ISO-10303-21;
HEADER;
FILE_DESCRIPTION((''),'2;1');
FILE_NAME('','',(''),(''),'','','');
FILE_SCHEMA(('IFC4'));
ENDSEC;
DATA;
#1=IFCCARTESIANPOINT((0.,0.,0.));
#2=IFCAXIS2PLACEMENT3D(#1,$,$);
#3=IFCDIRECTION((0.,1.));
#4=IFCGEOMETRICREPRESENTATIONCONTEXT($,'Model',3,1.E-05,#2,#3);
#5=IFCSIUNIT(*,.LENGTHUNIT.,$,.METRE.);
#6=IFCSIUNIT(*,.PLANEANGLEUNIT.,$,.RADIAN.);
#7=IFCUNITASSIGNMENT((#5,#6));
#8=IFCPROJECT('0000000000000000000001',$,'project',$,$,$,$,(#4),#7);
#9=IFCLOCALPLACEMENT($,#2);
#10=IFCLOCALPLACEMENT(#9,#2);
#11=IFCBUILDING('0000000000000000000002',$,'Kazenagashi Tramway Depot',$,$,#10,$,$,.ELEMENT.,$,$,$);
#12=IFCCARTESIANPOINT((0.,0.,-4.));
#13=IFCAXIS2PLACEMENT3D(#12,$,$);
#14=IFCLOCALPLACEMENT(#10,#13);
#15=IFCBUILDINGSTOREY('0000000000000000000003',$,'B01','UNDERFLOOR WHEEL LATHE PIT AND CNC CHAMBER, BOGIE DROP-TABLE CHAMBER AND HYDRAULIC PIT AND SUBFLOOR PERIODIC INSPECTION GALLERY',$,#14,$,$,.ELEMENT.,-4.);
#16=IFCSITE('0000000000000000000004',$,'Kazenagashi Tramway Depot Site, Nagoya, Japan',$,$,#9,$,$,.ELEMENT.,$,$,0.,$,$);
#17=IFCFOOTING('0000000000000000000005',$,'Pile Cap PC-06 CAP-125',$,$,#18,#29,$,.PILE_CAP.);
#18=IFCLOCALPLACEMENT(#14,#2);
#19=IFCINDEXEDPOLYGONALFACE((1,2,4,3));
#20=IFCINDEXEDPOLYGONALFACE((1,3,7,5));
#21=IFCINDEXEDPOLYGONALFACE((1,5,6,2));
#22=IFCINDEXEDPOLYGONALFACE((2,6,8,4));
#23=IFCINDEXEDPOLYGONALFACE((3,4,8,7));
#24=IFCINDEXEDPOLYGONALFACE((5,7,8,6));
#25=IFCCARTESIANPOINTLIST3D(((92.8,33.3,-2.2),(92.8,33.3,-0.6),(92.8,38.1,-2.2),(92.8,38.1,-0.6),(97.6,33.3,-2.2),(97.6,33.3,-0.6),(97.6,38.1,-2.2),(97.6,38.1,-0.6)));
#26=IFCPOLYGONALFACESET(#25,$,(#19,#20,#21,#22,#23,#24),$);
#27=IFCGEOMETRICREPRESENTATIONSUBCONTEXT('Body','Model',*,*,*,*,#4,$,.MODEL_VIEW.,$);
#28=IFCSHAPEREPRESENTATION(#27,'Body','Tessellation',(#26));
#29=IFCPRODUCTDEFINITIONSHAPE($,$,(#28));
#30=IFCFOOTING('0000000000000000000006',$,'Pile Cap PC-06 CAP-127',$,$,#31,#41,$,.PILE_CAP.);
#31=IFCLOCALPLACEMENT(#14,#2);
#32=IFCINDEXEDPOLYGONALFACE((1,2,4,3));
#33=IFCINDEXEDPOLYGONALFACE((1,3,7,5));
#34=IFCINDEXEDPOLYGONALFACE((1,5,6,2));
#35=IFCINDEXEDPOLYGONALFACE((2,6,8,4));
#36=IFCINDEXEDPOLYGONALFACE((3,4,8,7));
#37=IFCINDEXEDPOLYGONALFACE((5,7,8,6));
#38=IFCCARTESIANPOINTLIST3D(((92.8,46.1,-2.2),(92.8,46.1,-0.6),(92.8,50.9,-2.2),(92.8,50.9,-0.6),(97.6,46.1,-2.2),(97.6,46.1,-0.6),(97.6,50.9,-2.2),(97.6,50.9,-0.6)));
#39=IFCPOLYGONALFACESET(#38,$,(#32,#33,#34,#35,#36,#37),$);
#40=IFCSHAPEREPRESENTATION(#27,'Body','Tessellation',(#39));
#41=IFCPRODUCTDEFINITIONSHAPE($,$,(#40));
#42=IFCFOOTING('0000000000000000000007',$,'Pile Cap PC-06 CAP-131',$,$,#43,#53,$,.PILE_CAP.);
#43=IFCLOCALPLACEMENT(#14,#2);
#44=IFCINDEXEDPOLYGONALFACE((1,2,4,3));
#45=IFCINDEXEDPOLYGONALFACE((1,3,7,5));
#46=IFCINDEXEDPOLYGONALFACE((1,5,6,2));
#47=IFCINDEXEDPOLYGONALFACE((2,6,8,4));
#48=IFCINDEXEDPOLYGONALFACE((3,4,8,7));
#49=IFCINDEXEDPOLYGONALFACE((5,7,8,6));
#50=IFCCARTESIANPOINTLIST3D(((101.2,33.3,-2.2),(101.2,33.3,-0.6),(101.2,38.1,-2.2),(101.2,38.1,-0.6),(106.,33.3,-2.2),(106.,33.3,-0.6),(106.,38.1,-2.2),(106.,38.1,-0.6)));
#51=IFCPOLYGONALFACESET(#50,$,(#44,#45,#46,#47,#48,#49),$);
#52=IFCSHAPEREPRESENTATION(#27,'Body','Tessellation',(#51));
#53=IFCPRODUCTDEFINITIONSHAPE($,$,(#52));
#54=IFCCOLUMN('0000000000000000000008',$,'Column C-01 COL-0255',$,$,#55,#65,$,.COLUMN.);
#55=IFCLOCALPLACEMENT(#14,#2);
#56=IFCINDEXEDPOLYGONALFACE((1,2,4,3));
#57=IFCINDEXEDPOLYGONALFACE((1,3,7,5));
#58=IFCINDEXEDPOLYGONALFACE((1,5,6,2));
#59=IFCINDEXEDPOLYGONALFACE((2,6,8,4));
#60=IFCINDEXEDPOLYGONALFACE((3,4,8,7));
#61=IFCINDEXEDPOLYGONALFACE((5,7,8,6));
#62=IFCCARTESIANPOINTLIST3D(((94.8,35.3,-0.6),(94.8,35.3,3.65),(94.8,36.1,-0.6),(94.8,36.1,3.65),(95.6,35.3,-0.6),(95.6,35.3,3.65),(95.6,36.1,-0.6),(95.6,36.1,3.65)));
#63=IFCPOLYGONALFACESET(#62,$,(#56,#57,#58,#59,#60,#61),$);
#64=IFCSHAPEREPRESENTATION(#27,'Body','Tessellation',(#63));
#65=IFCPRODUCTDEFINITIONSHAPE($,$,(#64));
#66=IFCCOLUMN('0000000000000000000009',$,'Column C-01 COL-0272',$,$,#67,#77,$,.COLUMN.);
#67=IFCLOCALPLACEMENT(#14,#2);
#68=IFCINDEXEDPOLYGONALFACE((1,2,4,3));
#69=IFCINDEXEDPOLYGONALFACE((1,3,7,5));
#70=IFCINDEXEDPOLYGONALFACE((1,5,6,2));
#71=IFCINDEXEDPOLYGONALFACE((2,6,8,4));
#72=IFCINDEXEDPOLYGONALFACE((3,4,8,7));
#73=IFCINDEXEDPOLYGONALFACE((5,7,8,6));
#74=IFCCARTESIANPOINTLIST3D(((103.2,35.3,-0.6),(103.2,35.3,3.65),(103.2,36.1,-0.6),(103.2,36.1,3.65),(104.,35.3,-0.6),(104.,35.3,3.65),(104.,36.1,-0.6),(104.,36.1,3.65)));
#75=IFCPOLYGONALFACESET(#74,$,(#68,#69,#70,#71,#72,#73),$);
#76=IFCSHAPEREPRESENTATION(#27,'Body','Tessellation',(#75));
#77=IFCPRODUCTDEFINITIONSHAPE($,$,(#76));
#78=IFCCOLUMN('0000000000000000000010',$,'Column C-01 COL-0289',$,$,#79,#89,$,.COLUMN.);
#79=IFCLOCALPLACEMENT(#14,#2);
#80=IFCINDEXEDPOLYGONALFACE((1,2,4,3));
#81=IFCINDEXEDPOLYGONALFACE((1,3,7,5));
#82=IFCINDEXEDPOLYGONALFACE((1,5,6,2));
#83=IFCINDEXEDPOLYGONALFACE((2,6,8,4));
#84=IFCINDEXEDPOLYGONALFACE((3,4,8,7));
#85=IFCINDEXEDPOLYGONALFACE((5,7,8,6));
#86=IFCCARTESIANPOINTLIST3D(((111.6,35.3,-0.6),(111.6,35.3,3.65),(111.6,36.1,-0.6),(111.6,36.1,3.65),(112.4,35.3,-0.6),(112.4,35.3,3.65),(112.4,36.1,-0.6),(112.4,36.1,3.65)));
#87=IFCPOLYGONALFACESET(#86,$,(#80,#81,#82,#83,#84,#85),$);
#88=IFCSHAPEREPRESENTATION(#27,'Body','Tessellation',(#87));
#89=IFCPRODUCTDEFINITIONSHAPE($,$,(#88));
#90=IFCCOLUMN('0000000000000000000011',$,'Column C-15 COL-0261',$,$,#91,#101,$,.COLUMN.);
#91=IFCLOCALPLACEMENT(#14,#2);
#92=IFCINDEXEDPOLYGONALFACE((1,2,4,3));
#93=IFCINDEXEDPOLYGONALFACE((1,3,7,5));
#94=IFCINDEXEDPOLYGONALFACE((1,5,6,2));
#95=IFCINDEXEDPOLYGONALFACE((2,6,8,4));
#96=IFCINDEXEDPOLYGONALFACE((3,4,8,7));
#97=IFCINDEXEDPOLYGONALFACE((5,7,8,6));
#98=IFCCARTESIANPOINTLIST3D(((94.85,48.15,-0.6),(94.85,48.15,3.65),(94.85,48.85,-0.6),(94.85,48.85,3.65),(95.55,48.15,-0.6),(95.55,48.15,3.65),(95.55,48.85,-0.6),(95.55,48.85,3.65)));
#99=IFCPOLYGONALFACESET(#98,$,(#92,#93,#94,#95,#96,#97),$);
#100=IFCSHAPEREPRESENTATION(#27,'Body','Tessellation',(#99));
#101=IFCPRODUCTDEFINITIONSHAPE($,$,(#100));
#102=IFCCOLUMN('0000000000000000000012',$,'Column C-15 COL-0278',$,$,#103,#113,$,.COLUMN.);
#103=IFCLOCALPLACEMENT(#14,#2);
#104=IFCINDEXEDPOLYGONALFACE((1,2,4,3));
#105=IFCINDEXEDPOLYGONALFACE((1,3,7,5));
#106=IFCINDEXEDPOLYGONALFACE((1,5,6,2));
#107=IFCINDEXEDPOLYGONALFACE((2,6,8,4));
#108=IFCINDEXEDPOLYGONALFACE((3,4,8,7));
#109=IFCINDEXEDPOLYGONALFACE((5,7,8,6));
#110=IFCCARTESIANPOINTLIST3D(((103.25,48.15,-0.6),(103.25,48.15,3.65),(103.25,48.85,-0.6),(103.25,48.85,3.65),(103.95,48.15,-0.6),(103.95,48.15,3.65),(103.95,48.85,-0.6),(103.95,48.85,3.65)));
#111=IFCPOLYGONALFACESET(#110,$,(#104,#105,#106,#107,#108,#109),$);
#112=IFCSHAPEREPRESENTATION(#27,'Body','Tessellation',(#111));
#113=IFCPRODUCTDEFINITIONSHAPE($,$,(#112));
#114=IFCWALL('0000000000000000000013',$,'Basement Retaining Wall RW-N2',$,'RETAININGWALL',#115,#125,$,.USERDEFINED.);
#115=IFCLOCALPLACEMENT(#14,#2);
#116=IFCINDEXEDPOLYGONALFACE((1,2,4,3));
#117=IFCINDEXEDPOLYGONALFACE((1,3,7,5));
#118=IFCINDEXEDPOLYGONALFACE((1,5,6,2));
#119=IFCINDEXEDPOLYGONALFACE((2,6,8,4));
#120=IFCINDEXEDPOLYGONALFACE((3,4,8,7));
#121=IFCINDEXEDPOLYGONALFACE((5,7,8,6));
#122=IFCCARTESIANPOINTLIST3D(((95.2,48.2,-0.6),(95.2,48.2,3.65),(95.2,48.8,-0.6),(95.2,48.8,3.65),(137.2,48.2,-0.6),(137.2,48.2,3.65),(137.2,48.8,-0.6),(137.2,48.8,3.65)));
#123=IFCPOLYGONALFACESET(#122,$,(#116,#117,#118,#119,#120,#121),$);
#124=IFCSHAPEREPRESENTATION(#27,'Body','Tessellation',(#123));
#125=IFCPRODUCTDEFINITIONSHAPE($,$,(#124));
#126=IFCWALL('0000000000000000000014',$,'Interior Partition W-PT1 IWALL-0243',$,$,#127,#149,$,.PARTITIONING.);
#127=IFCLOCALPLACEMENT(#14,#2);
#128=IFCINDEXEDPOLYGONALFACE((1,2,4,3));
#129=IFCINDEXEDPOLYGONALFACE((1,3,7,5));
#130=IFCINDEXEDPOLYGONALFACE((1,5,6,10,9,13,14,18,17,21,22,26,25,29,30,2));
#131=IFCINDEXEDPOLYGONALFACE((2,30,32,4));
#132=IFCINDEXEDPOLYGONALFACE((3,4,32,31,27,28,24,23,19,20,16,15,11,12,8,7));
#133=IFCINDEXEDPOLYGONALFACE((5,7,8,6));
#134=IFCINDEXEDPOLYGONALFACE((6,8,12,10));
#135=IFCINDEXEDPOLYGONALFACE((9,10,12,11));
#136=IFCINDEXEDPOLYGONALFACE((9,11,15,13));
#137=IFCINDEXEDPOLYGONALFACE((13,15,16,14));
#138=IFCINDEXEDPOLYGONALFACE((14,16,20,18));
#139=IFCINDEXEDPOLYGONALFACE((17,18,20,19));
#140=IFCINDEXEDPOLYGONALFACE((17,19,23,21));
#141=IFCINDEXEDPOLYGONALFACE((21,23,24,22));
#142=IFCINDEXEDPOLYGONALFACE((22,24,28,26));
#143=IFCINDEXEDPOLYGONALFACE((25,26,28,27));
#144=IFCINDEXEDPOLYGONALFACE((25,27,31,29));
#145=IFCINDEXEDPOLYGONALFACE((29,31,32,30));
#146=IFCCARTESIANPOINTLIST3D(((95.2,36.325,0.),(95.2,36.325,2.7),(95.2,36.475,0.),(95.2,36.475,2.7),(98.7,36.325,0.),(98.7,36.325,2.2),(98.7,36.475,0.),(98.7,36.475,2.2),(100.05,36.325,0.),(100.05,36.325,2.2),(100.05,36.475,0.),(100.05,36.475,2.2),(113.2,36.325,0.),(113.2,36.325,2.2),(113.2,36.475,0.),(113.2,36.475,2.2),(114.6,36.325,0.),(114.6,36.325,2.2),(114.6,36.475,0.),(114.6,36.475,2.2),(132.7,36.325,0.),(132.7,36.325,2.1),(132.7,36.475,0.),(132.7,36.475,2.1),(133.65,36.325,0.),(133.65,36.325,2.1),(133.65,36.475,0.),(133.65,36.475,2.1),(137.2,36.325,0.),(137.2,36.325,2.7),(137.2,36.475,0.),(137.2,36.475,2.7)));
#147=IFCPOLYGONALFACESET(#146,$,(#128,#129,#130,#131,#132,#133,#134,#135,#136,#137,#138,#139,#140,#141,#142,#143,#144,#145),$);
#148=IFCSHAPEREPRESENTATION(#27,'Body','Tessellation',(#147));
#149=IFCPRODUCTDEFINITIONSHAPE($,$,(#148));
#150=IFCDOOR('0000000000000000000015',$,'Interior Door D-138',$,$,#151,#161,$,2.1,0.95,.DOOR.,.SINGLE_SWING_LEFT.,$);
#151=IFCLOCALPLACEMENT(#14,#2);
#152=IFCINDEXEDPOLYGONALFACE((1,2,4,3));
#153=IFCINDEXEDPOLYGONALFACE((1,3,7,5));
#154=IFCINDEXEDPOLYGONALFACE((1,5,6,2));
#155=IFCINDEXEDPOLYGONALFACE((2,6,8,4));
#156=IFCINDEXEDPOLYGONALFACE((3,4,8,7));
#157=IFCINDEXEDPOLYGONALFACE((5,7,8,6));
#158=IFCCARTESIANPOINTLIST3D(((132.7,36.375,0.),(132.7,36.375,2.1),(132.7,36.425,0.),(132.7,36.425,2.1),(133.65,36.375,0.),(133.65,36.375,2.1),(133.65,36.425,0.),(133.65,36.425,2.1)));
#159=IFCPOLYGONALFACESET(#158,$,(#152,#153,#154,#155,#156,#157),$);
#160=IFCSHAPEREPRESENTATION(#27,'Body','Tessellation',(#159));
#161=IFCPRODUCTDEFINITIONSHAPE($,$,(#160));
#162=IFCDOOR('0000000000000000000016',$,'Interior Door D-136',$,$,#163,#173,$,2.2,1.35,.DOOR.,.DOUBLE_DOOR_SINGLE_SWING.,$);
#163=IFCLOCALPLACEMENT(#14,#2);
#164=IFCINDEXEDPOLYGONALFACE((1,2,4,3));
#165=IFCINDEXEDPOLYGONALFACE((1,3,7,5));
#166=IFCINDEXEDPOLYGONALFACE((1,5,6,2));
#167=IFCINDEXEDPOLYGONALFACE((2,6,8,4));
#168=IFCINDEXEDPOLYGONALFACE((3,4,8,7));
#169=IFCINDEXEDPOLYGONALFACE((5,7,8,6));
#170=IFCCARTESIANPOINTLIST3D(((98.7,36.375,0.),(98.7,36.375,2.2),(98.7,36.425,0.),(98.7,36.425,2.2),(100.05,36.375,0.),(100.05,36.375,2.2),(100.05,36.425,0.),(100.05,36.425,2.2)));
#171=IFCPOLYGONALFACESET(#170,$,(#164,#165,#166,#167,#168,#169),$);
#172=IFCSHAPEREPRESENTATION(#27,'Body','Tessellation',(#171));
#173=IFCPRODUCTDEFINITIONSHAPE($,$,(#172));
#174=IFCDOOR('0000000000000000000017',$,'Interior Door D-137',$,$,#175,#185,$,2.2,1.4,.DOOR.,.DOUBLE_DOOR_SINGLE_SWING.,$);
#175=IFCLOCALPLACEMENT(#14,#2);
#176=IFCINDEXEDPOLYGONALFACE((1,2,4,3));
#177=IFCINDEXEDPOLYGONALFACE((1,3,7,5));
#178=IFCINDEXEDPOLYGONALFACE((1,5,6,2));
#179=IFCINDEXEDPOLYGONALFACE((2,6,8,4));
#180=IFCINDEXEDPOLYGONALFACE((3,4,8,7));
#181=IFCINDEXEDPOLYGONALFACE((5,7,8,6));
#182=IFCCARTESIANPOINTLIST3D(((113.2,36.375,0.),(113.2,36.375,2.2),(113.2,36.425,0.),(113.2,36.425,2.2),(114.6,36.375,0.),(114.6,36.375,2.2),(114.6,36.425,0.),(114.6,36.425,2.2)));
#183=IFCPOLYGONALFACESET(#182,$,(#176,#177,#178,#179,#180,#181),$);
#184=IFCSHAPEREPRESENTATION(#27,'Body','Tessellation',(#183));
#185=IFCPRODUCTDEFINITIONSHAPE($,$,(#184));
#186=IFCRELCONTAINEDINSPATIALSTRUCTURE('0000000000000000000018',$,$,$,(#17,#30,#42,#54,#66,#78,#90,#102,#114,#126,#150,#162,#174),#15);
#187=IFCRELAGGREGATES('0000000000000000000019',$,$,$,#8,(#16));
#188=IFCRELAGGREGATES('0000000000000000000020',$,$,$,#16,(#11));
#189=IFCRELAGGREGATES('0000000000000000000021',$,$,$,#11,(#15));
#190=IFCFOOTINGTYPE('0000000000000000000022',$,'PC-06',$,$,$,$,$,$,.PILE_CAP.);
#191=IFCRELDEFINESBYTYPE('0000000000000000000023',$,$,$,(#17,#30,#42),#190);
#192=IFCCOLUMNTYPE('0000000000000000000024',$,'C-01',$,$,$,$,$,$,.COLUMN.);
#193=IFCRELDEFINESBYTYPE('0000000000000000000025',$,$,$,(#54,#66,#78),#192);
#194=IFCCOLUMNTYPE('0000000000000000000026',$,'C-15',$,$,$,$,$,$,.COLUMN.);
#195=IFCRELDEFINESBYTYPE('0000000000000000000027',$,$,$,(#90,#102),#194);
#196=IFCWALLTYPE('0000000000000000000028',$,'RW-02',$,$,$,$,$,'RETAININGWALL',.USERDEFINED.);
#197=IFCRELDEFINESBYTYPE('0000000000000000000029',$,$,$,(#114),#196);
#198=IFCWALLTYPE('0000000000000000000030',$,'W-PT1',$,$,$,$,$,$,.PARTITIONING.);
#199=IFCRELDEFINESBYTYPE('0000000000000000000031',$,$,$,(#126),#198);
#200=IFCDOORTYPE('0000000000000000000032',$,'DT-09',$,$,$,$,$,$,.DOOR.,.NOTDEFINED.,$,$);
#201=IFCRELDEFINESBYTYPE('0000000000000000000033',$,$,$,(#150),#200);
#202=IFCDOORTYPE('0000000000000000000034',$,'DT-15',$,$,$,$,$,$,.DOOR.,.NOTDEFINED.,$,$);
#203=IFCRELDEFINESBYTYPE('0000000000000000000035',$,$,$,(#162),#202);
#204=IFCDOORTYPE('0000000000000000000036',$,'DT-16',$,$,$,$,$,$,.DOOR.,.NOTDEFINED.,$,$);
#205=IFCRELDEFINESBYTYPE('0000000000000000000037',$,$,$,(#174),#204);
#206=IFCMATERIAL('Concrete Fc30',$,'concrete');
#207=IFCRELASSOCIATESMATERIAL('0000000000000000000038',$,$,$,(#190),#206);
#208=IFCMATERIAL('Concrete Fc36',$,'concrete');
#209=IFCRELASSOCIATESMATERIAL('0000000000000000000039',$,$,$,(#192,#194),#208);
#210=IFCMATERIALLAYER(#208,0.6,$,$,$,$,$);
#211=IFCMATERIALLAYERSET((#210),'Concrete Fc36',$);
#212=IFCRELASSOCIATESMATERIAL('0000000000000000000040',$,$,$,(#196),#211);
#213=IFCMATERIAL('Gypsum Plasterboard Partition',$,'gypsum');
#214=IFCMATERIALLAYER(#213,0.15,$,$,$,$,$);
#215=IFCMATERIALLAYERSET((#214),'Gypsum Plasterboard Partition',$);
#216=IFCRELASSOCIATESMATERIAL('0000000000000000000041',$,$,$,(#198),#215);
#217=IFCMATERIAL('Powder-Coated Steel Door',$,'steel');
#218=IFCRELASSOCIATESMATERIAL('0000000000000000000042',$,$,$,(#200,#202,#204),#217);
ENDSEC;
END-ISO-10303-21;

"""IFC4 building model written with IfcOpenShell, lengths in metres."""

from ifc_helpers import new_model, si_unit, direction, frame, frame_2d, origin, origin_2d, place, context, subcontext, project, spatial, rectangle, extrude, material, layer, layer_set, material_profile, profile_set, type_object, element, fill, save


model = new_model("IFC4")

# Units and contexts
model_context = context("Model", 3, precision=1e-05, world=origin(), true_north=direction((0.0, 1.0)))
body_context = subcontext(model_context, "Body", "Model", "MODEL_VIEW")
ifc_project = project(units=[si_unit("LENGTHUNIT", "METRE"), si_unit("PLANEANGLEUNIT", "RADIAN")], contexts=[model_context])

# Site, building, storey
site_placement = place(None, origin())
site = spatial("IfcSite", under=ifc_project, at=site_placement, Name="Kazenagashi Tramway Depot Site, Nagoya, Japan", CompositionType="ELEMENT", RefElevation=0.0)
building_placement = place(site_placement, origin())
building = spatial("IfcBuilding", under=site, at=building_placement, Name="Kazenagashi Tramway Depot", CompositionType="ELEMENT")
storey_placement = place(building_placement, frame((0.0, 0.0, -4.0)))
storey = spatial("IfcBuildingStorey", under=building, at=storey_placement, Name="B01", Description="UNDERFLOOR WHEEL LATHE PIT AND CNC CHAMBER, BOGIE DROP-TABLE CHAMBER AND HYDRAULIC PIT AND SUBFLOOR PERIODIC INSPECTION GALLERY", CompositionType="ELEMENT", Elevation=-4.0)

# Shared definitions
ifc_material_1 = material(Name="Concrete Fc30", Category="concrete")

# Footings
footing_type = type_object("IfcFootingType", Name="PC-06", PredefinedType="PILE_CAP", material=ifc_material_1)
for number, where, z_axis, x_axis, name in (
    (1, (95.2, 35.7, -2.2), (0.0, 0.0, 1.0), (1.0, 0.0, 0.0), "Pile Cap PC-06 CAP-125"),
    (2, (95.2, 48.5, -2.2), (0.0, 0.0, 1.0), (1.0, 0.0, 0.0), "Pile Cap PC-06 CAP-127"),
    (3, (103.6, 35.7, -2.2), (0.0, 0.0, 1.0), (1.0, 0.0, 0.0), "Pile Cap PC-06 CAP-131"),
):
    element("IfcFooting", number, at=place(storey_placement, frame(where, z_axis=z_axis, x_axis=x_axis)), inside=storey, type_object=footing_type, Name=name, PredefinedType="PILE_CAP", context=body_context, shape_type="SweptSolid", body=[
        extrude(rectangle(XDim=4.8, YDim=4.8, at=origin_2d()), origin(), (0.0, 0.0, 1.0), 1.6),
    ])

# Columns
ifc_material_2 = material(Name="Concrete Fc36", Category="concrete")
ifc_material_profile_1 = material_profile(ifc_material_2, rectangle(XDim=0.8, YDim=0.8, at=origin_2d()), Name="RC-800x800")
ifc_profile_set_1 = profile_set([ifc_material_profile_1], Name="Concrete Fc36")
column_type_1 = type_object("IfcColumnType", Name="C-01", PredefinedType="COLUMN", material=ifc_profile_set_1)
for number, where, z_axis, x_axis, name in (
    (4, (95.2, 35.7, -0.6), (0.0, 0.0, 1.0), (1.0, 0.0, 0.0), "Column C-01 COL-0255"),
    (5, (103.6, 35.7, -0.6), (0.0, 0.0, 1.0), (1.0, 0.0, 0.0), "Column C-01 COL-0272"),
    (6, (112.0, 35.7, -0.6), (0.0, 0.0, 1.0), (1.0, 0.0, 0.0), "Column C-01 COL-0289"),
):
    element("IfcColumn", number, at=place(storey_placement, frame(where, z_axis=z_axis, x_axis=x_axis)), inside=storey, type_object=column_type_1, Name=name, PredefinedType="COLUMN", context=body_context, shape_type="SweptSolid", body=[
        extrude(rectangle(XDim=0.8, YDim=0.8, at=origin_2d()), origin(), (0.0, 0.0, 1.0), 4.25),
    ])
ifc_material_profile_2 = material_profile(ifc_material_2, rectangle(XDim=0.7, YDim=0.7, at=origin_2d()), Name="RC-700x700")
ifc_profile_set_2 = profile_set([ifc_material_profile_2], Name="Concrete Fc36")
column_type_2 = type_object("IfcColumnType", Name="C-15", PredefinedType="COLUMN", material=ifc_profile_set_2)
for number, where, z_axis, x_axis, name in (
    (7, (95.2, 48.5, -0.6), (0.0, 0.0, 1.0), (1.0, 0.0, 0.0), "Column C-15 COL-0261"),
    (8, (103.6, 48.5, -0.6), (0.0, 0.0, 1.0), (1.0, 0.0, 0.0), "Column C-15 COL-0278"),
):
    element("IfcColumn", number, at=place(storey_placement, frame(where, z_axis=z_axis, x_axis=x_axis)), inside=storey, type_object=column_type_2, Name=name, PredefinedType="COLUMN", context=body_context, shape_type="SweptSolid", body=[
        extrude(rectangle(XDim=0.7, YDim=0.7, at=origin_2d()), origin(), (0.0, 0.0, 1.0), 4.25),
    ])

# Wall
ifc_layer_1 = layer(ifc_material_2, 0.6)
ifc_layer_set_1 = layer_set([ifc_layer_1], Name="Concrete Fc36")
wall_type_1 = type_object("IfcWallType", Name="RW-02", ElementType="RETAININGWALL", PredefinedType="USERDEFINED", material=ifc_layer_set_1)
wall_1_placement = place(storey_placement, frame((95.2, 48.5, -0.6), z_axis=(0.0, 0.0, 1.0), x_axis=(1.0, 0.0, 0.0)))
element("IfcWall", 9, at=wall_1_placement, inside=storey, type_object=wall_type_1, Name="Basement Retaining Wall RW-N2", ObjectType="RETAININGWALL", PredefinedType="USERDEFINED", context=body_context, shape_type="SweptSolid", body=[
    extrude(rectangle(XDim=42.0, YDim=0.6, at=frame_2d((21.0, 0.0))), origin(), (0.0, 0.0, 1.0), 4.25),
])

# Wall, openings, doors
ifc_material_3 = material(Name="Gypsum Plasterboard Partition", Category="gypsum")
ifc_layer_2 = layer(ifc_material_3, 0.15)
ifc_layer_set_2 = layer_set([ifc_layer_2], Name="Gypsum Plasterboard Partition")
wall_type_2 = type_object("IfcWallType", Name="W-PT1", PredefinedType="PARTITIONING", material=ifc_layer_set_2)
wall_2_placement = place(storey_placement, frame((95.2, 36.4, 0.0), z_axis=(0.0, 0.0, 1.0), x_axis=(1.0, 0.0, 0.0)))
wall_2 = element("IfcWall", 10, at=wall_2_placement, inside=storey, type_object=wall_type_2, Name="Interior Partition W-PT1 IWALL-0243", PredefinedType="PARTITIONING", context=body_context, shape_type="SweptSolid", body=[
    extrude(rectangle(XDim=42.0, YDim=0.15, at=frame_2d((21.0, 0.0))), origin(), (0.0, 0.0, 1.0), 2.7),
])
opening_1_placement = place(wall_2_placement, frame((3.5, 0.0, 0.0)))
opening_1 = element("IfcOpeningElement", 11, at=opening_1_placement, cuts=wall_2, PredefinedType="OPENING", context=body_context, shape_type="SweptSolid", body=[
    extrude(rectangle(XDim=1.35, YDim=2.2, at=frame_2d((0.675, 1.1))), frame((0.0, 0.085, 0.0), z_axis=(0.0, -1.0, 0.0), x_axis=(1.0, 0.0, 0.0)), (0.0, 0.0, 1.0), 0.17),
])
opening_2_placement = place(wall_2_placement, frame((18.0, 0.0, 0.0)))
opening_2 = element("IfcOpeningElement", 12, at=opening_2_placement, cuts=wall_2, PredefinedType="OPENING", context=body_context, shape_type="SweptSolid", body=[
    extrude(rectangle(XDim=1.4, YDim=2.2, at=frame_2d((0.7, 1.1))), frame((0.0, 0.085, 0.0), z_axis=(0.0, -1.0, 0.0), x_axis=(1.0, 0.0, 0.0)), (0.0, 0.0, 1.0), 0.17),
])
opening_3_placement = place(wall_2_placement, frame((37.5, 0.0, 0.0)))
opening_3 = element("IfcOpeningElement", 13, at=opening_3_placement, cuts=wall_2, PredefinedType="OPENING", context=body_context, shape_type="SweptSolid", body=[
    extrude(rectangle(XDim=0.95, YDim=2.1, at=frame_2d((0.475, 1.05))), frame((0.0, 0.085, 0.0), z_axis=(0.0, -1.0, 0.0), x_axis=(1.0, 0.0, 0.0)), (0.0, 0.0, 1.0), 0.17),
])
ifc_material_4 = material(Name="Powder-Coated Steel Door", Category="steel")
door_type_1 = type_object("IfcDoorType", Name="DT-09", OperationType="NOTDEFINED", PredefinedType="DOOR", material=ifc_material_4)
door_1_placement = place(opening_3_placement, origin())
door_1 = element("IfcDoor", 14, at=door_1_placement, inside=storey, type_object=door_type_1, Name="Interior Door D-138", OperationType="SINGLE_SWING_LEFT", OverallHeight=2.1, OverallWidth=0.95, PredefinedType="DOOR", context=body_context, shape_type="SweptSolid", body=[
    extrude(rectangle(XDim=0.95, YDim=2.1, at=frame_2d((0.475, 1.05))), frame((0.0, 0.025, 0.0), z_axis=(0.0, -1.0, 0.0), x_axis=(1.0, 0.0, 0.0)), (0.0, 0.0, 1.0), 0.05),
])
fill(opening_3, door_1)
door_type_2 = type_object("IfcDoorType", Name="DT-15", OperationType="NOTDEFINED", PredefinedType="DOOR", material=ifc_material_4)
door_2_placement = place(opening_1_placement, origin())
door_2 = element("IfcDoor", 15, at=door_2_placement, inside=storey, type_object=door_type_2, Name="Interior Door D-136", OperationType="DOUBLE_DOOR_SINGLE_SWING", OverallHeight=2.2, OverallWidth=1.35, PredefinedType="DOOR", context=body_context, shape_type="SweptSolid", body=[
    extrude(rectangle(XDim=1.35, YDim=2.2, at=frame_2d((0.675, 1.1))), frame((0.0, 0.025, 0.0), z_axis=(0.0, -1.0, 0.0), x_axis=(1.0, 0.0, 0.0)), (0.0, 0.0, 1.0), 0.05),
])
fill(opening_1, door_2)
door_type_3 = type_object("IfcDoorType", Name="DT-16", OperationType="NOTDEFINED", PredefinedType="DOOR", material=ifc_material_4)
door_3_placement = place(opening_2_placement, origin())
door_3 = element("IfcDoor", 16, at=door_3_placement, inside=storey, type_object=door_type_3, Name="Interior Door D-137", OperationType="DOUBLE_DOOR_SINGLE_SWING", OverallHeight=2.2, OverallWidth=1.4, PredefinedType="DOOR", context=body_context, shape_type="SweptSolid", body=[
    extrude(rectangle(XDim=1.4, YDim=2.2, at=frame_2d((0.7, 1.1))), frame((0.0, 0.025, 0.0), z_axis=(0.0, -1.0, 0.0), x_axis=(1.0, 0.0, 0.0)), (0.0, 0.0, 1.0), 0.05),
])
fill(opening_2, door_3)

save(model, "model.ifc")
